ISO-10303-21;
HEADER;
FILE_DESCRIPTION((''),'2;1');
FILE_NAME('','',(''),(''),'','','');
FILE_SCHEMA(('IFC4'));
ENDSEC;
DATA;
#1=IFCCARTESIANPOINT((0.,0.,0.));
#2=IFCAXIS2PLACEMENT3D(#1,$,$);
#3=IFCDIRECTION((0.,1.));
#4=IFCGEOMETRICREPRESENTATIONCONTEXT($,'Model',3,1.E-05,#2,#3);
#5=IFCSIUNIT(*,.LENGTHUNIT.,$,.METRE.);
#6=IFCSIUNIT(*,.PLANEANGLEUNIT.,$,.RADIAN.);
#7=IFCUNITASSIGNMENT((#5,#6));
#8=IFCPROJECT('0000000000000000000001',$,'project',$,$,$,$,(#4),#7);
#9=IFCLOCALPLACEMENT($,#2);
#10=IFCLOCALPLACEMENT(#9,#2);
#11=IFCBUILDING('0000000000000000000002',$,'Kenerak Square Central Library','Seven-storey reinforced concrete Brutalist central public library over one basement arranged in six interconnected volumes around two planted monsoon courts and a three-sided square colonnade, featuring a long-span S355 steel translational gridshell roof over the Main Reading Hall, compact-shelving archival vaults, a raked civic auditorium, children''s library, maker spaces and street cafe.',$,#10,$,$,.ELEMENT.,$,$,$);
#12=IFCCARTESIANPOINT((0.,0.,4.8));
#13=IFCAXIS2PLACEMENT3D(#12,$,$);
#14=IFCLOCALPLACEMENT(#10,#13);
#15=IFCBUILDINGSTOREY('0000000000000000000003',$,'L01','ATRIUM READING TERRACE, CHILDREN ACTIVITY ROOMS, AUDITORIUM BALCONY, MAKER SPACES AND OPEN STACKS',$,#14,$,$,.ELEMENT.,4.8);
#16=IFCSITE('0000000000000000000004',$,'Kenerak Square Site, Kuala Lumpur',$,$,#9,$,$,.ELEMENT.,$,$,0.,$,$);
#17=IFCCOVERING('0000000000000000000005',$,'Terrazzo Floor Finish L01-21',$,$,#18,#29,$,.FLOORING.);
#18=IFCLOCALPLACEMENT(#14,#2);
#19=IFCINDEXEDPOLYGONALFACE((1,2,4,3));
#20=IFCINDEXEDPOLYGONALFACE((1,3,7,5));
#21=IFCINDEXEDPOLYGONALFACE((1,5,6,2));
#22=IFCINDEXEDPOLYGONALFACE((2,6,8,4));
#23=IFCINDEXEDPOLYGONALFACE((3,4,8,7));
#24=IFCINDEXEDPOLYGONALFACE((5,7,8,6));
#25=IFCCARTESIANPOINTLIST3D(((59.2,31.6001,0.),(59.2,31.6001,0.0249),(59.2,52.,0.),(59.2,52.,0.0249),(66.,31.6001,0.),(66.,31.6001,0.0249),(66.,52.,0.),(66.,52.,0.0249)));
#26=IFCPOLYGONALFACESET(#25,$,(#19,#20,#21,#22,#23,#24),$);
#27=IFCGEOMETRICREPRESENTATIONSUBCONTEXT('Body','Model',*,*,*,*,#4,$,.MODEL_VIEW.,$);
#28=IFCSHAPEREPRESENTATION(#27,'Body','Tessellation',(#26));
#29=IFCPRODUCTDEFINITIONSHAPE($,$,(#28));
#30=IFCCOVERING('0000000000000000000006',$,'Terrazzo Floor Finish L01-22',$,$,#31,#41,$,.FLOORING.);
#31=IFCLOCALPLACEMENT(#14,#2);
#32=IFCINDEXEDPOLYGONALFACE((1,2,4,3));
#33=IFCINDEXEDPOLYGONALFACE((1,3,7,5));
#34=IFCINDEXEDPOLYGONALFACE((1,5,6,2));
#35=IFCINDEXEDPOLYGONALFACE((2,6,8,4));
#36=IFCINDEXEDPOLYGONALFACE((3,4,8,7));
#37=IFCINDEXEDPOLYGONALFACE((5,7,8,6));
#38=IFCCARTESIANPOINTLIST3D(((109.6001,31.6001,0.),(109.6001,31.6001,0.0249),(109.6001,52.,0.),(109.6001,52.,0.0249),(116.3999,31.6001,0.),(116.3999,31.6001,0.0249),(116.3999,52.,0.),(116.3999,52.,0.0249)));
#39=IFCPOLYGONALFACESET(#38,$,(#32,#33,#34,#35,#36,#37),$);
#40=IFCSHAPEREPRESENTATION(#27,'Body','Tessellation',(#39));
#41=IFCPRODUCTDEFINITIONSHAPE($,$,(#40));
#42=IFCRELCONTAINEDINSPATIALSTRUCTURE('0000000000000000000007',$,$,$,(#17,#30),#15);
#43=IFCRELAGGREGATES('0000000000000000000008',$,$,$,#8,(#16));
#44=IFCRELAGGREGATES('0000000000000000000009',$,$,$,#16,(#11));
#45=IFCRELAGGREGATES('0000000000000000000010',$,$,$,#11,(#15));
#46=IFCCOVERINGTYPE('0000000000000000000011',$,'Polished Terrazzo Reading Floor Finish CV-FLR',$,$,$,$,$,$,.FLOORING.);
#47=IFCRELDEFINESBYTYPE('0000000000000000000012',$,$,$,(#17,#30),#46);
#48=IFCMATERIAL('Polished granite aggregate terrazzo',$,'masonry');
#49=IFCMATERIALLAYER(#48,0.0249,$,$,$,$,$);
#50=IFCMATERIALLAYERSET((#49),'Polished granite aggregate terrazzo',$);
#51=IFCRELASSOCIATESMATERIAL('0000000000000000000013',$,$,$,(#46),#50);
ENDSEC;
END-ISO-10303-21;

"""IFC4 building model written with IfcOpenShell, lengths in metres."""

from ifc_helpers import new_model, si_unit, direction, frame, origin, place, context, subcontext, project, spatial, polyline, outline, extrude, material, layer, layer_set, type_object, element, save


model = new_model("IFC4")

# Units and contexts
model_context = context("Model", 3, precision=1e-05, world=origin(), true_north=direction((0.0, 1.0)))
body_context = subcontext(model_context, "Body", "Model", "MODEL_VIEW")
ifc_project = project(units=[si_unit("LENGTHUNIT", "METRE"), si_unit("PLANEANGLEUNIT", "RADIAN")], contexts=[model_context])

# Site, building, storey
site_placement = place(None, origin())
site = spatial("IfcSite", under=ifc_project, at=site_placement, Name="Kenerak Square Site, Kuala Lumpur", CompositionType="ELEMENT", RefElevation=0.0)
building_placement = place(site_placement, origin())
building = spatial("IfcBuilding", under=site, at=building_placement, Name="Kenerak Square Central Library", Description="Seven-storey reinforced concrete Brutalist central public library over one basement arranged in six interconnected volumes around two planted monsoon courts and a three-sided square colonnade, featuring a long-span S355 steel translational gridshell roof over the Main Reading Hall, compact-shelving archival vaults, a raked civic auditorium, children's library, maker spaces and street cafe.", CompositionType="ELEMENT")
storey_placement = place(building_placement, frame((0.0, 0.0, 4.8)))
storey = spatial("IfcBuildingStorey", under=building, at=storey_placement, Name="L01", Description="ATRIUM READING TERRACE, CHILDREN ACTIVITY ROOMS, AUDITORIUM BALCONY, MAKER SPACES AND OPEN STACKS", CompositionType="ELEMENT", Elevation=4.8)

# Coverings
ifc_material_1 = material(Name="Polished granite aggregate terrazzo", Category="masonry")
ifc_layer_1 = layer(ifc_material_1, 0.0249)
ifc_layer_set_1 = layer_set([ifc_layer_1], Name="Polished granite aggregate terrazzo")
covering_type_1 = type_object("IfcCoveringType", Name="Polished Terrazzo Reading Floor Finish CV-FLR", PredefinedType="FLOORING", material=ifc_layer_set_1)
covering_1_placement = place(storey_placement, origin())
element("IfcCovering", 1, at=covering_1_placement, inside=storey, type_object=covering_type_1, Name="Terrazzo Floor Finish L01-21", PredefinedType="FLOORING", context=body_context, shape_type="SweptSolid", body=[
    extrude(outline(polyline([(59.2, 52.0), (66.0, 52.0), (66.0, 31.6001), (59.2, 31.6001), (59.2, 52.0)])), origin(), (0.0, 0.0, 1.0), 0.0249),
])
covering_2_placement = place(storey_placement, origin())
element("IfcCovering", 2, at=covering_2_placement, inside=storey, type_object=covering_type_1, Name="Terrazzo Floor Finish L01-22", PredefinedType="FLOORING", context=body_context, shape_type="SweptSolid", body=[
    extrude(outline(polyline([(116.3999, 52.0), (116.3999, 31.6001), (109.6001, 31.6001), (109.6001, 52.0), (116.3999, 52.0)])), origin(), (0.0, 0.0, 1.0), 0.0249),
])

save(model, "model.ifc")
